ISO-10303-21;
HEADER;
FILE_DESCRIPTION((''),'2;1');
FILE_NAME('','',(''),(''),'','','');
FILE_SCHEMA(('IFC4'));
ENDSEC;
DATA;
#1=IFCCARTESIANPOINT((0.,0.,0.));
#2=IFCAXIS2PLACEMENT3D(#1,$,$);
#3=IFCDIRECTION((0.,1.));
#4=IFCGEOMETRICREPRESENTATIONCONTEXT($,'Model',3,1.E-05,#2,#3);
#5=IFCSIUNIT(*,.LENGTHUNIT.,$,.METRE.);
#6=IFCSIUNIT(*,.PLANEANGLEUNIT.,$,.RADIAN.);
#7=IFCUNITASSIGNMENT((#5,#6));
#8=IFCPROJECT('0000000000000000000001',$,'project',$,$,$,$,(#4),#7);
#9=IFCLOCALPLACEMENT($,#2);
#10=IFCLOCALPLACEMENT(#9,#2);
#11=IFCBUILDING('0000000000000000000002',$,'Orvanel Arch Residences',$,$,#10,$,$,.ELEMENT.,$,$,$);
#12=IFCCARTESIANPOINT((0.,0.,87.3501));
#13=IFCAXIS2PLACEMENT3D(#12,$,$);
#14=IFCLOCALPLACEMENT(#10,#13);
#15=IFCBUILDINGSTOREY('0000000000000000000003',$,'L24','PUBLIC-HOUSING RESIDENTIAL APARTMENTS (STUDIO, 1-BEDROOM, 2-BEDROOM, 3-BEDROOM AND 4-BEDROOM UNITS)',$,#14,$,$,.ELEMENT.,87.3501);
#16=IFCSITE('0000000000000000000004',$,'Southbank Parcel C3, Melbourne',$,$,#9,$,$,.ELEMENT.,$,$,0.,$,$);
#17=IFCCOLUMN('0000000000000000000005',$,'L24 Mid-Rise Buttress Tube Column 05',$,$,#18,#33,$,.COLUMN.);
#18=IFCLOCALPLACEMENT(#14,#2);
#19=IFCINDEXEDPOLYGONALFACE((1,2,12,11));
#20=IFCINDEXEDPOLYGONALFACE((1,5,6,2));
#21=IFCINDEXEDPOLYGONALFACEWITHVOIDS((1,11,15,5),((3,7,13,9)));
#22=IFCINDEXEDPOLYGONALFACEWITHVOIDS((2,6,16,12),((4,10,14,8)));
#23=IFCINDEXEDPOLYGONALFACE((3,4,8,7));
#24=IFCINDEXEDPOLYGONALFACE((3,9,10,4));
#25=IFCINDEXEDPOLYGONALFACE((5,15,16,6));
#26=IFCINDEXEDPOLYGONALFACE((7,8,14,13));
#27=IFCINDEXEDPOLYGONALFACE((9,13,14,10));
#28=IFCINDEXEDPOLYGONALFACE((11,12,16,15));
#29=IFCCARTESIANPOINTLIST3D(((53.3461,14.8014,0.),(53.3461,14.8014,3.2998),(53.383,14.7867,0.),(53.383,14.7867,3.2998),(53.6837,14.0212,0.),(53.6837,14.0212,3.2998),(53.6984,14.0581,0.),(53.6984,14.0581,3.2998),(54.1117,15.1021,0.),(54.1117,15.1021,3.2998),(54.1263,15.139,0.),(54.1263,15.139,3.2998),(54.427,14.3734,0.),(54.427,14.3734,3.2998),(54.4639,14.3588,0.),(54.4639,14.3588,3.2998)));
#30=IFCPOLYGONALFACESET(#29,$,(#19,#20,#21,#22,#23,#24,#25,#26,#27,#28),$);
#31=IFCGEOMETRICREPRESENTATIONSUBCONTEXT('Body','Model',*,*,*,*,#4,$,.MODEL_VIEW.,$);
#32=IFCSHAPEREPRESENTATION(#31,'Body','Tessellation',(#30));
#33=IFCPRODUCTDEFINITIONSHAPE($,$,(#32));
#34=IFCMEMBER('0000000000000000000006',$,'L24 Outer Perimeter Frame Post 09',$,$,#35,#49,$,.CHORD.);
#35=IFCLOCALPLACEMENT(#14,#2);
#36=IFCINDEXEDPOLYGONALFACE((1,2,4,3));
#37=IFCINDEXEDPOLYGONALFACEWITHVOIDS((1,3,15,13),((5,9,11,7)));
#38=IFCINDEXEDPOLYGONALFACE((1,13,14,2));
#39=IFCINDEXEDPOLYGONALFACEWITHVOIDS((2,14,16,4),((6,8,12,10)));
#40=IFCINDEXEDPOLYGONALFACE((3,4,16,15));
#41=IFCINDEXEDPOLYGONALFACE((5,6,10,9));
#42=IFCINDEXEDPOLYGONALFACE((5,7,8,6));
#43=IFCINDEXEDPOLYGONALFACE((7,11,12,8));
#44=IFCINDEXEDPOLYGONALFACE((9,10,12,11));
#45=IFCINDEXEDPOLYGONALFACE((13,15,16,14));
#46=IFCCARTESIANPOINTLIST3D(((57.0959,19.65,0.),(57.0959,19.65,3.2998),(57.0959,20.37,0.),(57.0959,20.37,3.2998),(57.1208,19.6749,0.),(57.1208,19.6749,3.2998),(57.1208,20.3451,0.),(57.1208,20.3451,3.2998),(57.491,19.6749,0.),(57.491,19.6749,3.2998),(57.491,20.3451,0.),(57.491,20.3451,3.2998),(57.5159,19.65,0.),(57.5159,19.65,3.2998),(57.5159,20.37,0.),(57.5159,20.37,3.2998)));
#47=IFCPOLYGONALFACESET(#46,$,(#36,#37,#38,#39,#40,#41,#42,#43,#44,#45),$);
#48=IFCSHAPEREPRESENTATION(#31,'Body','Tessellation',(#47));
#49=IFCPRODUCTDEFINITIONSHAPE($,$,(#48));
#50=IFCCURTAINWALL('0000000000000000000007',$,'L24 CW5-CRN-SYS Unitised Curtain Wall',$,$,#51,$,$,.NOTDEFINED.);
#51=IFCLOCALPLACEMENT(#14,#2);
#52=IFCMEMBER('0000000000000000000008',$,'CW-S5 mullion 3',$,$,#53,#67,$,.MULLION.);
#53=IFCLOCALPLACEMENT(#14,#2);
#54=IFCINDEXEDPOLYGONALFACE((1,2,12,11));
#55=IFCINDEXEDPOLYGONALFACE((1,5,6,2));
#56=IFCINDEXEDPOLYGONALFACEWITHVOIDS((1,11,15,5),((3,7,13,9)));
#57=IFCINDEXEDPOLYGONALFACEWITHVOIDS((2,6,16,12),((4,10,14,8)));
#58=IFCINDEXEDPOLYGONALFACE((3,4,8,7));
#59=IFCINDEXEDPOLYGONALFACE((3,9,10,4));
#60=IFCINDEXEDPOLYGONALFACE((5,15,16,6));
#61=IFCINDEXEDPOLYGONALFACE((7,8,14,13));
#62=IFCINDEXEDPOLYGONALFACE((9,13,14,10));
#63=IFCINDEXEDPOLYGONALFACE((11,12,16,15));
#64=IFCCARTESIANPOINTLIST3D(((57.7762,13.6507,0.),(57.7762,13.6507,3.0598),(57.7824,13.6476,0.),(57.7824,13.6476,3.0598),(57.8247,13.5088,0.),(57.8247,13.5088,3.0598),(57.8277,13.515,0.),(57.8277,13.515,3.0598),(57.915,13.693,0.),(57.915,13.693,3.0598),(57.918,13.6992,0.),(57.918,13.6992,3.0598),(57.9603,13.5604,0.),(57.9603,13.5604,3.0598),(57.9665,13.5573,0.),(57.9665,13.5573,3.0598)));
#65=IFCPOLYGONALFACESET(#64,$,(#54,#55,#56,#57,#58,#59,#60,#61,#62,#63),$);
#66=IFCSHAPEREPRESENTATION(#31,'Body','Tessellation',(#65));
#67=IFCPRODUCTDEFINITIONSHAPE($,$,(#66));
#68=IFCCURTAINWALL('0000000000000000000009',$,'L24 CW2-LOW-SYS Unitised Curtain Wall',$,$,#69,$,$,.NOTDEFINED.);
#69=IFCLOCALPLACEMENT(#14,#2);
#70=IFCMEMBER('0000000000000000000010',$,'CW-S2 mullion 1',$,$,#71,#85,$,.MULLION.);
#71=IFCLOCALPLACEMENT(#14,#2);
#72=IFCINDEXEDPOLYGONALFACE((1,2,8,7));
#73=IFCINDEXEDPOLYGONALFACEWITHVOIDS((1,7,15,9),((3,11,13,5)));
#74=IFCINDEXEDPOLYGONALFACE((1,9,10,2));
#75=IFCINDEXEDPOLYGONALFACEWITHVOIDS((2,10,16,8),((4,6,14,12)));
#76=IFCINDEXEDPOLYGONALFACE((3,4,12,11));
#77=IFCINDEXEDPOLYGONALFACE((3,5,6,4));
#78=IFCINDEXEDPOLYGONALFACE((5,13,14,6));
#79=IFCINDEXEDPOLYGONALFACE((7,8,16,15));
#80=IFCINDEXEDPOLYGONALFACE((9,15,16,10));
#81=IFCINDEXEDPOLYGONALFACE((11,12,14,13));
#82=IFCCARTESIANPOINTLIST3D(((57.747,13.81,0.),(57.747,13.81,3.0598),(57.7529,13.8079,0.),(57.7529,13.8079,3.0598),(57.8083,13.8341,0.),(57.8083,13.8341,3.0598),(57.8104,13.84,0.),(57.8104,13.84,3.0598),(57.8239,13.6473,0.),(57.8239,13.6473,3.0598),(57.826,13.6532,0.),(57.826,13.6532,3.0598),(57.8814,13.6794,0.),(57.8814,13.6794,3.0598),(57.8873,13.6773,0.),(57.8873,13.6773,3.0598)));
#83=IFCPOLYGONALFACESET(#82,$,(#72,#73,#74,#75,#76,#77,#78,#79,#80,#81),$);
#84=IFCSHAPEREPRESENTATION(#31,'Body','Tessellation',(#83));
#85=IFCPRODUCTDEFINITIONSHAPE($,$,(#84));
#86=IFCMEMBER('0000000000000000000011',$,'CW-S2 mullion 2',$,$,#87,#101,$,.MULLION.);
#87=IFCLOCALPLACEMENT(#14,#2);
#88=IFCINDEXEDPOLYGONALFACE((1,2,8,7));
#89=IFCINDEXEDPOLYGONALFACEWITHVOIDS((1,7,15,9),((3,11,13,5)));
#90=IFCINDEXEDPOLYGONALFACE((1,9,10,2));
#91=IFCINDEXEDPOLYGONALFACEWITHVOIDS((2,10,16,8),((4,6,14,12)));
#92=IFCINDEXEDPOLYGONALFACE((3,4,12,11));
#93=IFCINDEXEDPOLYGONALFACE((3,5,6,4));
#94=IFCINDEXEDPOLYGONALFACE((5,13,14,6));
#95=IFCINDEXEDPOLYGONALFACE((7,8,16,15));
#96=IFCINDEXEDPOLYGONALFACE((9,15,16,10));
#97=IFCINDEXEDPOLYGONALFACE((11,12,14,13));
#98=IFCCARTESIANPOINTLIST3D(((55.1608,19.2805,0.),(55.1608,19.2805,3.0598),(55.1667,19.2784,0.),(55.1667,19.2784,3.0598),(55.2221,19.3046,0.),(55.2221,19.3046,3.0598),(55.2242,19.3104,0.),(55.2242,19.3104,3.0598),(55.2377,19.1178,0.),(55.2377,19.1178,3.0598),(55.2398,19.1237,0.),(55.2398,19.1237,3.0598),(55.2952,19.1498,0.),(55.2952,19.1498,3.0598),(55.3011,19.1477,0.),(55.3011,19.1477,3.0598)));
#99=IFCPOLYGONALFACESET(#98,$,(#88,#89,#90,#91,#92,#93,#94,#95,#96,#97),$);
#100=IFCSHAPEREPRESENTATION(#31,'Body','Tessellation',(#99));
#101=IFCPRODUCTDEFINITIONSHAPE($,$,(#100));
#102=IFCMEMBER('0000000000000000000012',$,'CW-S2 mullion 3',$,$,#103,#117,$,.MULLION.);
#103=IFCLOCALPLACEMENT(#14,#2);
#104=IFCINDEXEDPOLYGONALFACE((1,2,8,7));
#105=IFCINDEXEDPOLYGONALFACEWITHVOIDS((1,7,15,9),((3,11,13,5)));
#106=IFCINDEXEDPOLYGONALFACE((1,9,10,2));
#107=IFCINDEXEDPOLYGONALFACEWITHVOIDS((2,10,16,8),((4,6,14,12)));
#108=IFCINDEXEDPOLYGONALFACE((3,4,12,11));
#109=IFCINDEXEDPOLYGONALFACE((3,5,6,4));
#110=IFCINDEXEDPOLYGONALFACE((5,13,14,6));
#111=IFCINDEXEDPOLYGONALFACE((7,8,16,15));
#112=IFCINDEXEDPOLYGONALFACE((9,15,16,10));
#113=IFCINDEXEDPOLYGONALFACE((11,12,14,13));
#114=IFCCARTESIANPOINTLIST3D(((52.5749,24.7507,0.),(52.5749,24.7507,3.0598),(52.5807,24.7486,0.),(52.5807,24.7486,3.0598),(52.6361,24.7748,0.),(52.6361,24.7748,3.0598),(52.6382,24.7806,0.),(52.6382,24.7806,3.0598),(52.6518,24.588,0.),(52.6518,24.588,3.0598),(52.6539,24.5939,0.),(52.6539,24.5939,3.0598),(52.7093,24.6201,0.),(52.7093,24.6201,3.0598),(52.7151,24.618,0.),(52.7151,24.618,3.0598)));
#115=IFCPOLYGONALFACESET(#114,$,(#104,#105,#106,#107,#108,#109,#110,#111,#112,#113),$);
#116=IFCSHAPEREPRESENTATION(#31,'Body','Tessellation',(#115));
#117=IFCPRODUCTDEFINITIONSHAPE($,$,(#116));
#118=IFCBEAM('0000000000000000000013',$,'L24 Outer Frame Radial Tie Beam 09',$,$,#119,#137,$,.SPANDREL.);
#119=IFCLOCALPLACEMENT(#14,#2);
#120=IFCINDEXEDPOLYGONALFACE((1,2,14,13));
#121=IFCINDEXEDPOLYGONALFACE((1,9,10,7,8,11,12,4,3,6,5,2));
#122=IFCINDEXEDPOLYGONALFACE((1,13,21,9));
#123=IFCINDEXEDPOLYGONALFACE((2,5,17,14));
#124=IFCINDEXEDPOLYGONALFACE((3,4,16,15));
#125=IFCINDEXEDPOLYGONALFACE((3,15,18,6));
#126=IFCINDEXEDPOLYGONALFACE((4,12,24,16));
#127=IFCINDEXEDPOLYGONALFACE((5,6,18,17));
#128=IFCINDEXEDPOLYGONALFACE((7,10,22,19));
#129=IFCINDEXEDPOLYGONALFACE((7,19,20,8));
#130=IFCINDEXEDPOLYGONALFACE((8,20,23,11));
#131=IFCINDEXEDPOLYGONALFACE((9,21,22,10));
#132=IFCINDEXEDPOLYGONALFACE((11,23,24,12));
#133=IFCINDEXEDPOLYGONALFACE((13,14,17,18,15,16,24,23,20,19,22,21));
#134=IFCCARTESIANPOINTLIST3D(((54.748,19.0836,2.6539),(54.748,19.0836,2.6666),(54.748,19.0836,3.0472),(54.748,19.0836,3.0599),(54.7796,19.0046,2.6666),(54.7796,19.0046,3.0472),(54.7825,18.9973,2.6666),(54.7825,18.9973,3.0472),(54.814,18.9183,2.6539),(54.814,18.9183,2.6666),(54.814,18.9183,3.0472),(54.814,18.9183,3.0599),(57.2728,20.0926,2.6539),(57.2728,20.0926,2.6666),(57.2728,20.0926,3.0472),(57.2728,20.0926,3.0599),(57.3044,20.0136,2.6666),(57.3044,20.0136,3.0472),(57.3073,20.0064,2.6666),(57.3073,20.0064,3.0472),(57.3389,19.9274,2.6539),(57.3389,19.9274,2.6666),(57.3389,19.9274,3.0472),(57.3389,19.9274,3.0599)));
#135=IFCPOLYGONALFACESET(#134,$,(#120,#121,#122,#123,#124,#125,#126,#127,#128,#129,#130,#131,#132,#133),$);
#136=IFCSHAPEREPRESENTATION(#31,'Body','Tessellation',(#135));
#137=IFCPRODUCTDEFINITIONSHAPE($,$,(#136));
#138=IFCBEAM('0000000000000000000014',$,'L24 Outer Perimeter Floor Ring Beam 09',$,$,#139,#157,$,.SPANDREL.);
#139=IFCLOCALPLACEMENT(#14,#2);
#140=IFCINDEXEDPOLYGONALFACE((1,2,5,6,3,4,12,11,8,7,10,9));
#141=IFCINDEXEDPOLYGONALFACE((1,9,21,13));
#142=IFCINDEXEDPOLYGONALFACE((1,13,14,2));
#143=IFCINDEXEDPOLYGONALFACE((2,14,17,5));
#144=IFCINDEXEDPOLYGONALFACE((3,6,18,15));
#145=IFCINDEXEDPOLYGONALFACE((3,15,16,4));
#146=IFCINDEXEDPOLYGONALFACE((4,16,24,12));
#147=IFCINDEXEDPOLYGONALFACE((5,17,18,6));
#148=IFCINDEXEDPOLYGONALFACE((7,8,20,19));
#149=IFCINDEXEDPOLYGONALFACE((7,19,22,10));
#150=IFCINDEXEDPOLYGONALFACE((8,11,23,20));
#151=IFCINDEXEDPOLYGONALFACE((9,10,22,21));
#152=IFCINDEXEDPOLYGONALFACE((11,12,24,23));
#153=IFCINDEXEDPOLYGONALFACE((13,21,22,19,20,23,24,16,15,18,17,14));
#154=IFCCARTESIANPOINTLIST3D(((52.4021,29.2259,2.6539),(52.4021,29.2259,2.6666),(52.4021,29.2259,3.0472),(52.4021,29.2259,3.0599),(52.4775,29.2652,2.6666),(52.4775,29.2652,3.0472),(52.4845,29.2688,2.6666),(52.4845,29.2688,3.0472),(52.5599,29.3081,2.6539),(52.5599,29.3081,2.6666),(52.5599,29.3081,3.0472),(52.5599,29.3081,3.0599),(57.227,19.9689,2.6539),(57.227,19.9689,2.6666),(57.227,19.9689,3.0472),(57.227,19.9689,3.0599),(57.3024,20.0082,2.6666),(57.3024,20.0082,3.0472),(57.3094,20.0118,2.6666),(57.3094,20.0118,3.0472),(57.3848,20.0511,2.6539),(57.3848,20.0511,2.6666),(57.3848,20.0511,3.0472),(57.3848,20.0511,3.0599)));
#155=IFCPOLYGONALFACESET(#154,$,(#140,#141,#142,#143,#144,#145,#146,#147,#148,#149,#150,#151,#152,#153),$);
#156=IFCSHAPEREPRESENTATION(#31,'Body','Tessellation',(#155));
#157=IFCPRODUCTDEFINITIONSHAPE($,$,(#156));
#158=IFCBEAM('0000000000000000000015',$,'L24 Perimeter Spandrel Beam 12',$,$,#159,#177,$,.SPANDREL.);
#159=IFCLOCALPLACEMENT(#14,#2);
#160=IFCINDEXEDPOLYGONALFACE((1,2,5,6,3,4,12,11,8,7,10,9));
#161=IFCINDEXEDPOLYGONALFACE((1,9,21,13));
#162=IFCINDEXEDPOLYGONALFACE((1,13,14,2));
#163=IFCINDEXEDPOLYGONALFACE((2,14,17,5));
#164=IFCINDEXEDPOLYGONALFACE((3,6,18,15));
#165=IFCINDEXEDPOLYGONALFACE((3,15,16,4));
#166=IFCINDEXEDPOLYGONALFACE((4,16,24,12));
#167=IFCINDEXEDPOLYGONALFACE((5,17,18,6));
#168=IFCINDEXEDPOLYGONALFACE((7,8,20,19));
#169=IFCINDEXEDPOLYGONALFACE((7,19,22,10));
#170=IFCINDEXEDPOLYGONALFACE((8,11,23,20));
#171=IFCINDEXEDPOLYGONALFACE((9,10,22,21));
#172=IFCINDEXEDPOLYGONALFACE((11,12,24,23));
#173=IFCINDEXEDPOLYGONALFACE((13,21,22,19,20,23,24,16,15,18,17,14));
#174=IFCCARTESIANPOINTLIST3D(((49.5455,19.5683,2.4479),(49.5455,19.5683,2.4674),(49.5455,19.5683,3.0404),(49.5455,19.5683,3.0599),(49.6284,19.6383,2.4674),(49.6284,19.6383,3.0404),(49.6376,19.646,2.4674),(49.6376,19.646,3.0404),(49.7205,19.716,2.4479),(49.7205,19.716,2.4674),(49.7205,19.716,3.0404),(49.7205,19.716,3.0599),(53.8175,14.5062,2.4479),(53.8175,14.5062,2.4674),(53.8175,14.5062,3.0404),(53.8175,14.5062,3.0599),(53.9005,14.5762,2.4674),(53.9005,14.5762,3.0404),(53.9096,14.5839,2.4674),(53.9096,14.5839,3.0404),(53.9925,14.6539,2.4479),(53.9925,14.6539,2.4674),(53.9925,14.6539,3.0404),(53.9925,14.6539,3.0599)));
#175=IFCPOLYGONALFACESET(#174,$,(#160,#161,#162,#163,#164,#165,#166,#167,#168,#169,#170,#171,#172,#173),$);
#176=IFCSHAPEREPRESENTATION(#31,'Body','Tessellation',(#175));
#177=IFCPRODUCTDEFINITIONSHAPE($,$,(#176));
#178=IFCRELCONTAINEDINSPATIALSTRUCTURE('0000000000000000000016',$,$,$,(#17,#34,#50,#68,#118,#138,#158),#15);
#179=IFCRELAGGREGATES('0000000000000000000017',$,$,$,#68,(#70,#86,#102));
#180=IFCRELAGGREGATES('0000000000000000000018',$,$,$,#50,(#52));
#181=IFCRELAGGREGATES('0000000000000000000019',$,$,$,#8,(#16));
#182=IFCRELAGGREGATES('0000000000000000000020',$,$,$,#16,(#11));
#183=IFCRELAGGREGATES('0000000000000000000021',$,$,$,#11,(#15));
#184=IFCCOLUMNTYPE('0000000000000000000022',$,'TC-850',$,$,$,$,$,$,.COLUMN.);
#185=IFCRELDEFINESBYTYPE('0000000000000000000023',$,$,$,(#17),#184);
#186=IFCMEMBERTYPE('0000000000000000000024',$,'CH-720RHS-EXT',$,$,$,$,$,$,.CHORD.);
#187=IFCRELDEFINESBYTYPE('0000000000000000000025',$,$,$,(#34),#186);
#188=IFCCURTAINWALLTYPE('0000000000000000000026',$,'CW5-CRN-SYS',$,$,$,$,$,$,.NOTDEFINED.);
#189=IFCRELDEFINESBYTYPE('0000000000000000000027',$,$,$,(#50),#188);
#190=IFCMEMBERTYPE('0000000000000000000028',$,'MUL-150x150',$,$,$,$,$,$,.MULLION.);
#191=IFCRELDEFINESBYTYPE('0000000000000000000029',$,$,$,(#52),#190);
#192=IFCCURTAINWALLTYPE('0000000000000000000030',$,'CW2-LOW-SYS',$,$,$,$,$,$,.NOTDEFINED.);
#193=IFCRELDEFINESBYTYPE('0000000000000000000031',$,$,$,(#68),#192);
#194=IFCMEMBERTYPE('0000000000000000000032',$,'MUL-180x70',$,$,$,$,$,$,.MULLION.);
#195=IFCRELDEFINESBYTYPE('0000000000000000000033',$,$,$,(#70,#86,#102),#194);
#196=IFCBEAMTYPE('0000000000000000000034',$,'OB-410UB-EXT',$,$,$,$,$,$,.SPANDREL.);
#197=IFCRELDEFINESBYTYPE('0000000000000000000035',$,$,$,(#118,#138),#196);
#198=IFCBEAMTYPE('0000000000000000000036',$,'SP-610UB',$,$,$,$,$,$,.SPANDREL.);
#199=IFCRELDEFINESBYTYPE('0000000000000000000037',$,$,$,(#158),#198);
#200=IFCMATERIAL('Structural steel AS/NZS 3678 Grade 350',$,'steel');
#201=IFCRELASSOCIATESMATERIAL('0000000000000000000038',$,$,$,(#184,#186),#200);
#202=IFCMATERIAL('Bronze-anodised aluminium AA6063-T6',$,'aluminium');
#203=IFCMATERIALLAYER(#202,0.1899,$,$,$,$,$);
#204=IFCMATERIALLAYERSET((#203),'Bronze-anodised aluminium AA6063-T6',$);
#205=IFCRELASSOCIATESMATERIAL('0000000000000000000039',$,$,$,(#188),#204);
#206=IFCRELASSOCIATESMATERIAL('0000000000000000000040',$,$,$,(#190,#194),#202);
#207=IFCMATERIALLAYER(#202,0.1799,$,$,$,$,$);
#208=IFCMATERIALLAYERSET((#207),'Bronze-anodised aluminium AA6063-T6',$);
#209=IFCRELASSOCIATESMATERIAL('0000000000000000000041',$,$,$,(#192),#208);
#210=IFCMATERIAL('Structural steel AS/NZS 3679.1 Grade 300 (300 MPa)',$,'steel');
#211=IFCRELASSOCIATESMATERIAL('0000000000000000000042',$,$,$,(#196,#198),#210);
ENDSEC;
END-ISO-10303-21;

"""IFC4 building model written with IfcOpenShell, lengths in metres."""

from ifc_helpers import new_model, si_unit, direction, frame, origin, origin_2d, place, context, subcontext, project, spatial, hollow_rectangle, i_section, extrude, material, layer, layer_set, material_profile, profile_set, type_object, element, aggregate, save


model = new_model("IFC4")

# Units and contexts
model_context = context("Model", 3, precision=1e-05, world=origin(), true_north=direction((0.0, 1.0)))
body_context = subcontext(model_context, "Body", "Model", "MODEL_VIEW")
ifc_project = project(units=[si_unit("LENGTHUNIT", "METRE"), si_unit("PLANEANGLEUNIT", "RADIAN")], contexts=[model_context])

# Site, building, storey
site_placement = place(None, origin())
site = spatial("IfcSite", under=ifc_project, at=site_placement, Name="Southbank Parcel C3, Melbourne", CompositionType="ELEMENT", RefElevation=0.0)
building_placement = place(site_placement, origin())
building = spatial("IfcBuilding", under=site, at=building_placement, Name="Orvanel Arch Residences", CompositionType="ELEMENT")
storey_placement = place(building_placement, frame((0.0, 0.0, 87.3501)))
storey = spatial("IfcBuildingStorey", under=building, at=storey_placement, Name="L24", Description="PUBLIC-HOUSING RESIDENTIAL APARTMENTS (STUDIO, 1-BEDROOM, 2-BEDROOM, 3-BEDROOM AND 4-BEDROOM UNITS)", CompositionType="ELEMENT", Elevation=87.3501)

# Column
ifc_material_1 = material(Name="Structural steel AS/NZS 3678 Grade 350", Category="steel")
ifc_material_profile_1 = material_profile(ifc_material_1, hollow_rectangle(XDim=0.8501, YDim=0.8501, WallThickness=0.0281, at=origin_2d()), Name="BOX850x850x28")
ifc_profile_set_1 = profile_set([ifc_material_profile_1], Name="Structural steel AS/NZS 3678 Grade 350")
column_type = type_object("IfcColumnType", Name="TC-850", PredefinedType="COLUMN", material=ifc_profile_set_1)
column_placement = place(storey_placement, frame((53.905, 14.5801, 0.0), z_axis=(0.0, 0.0, 1.0), x_axis=(-0.397148, 0.917755, 0.0)))
element("IfcColumn", 1, at=column_placement, inside=storey, type_object=column_type, Name="L24 Mid-Rise Buttress Tube Column 05", PredefinedType="COLUMN", context=body_context, shape_type="SweptSolid", body=[
    extrude(hollow_rectangle(XDim=0.8501, YDim=0.8501, WallThickness=0.0281, at=origin_2d()), origin(), (0.0, 0.0, 1.0), 3.2998),
])

# Member
ifc_material_profile_2 = material_profile(ifc_material_1, hollow_rectangle(XDim=0.4199, YDim=0.72, WallThickness=0.0249, at=origin_2d()), Name="RHS720x420x25")
ifc_profile_set_2 = profile_set([ifc_material_profile_2], Name="Structural steel AS/NZS 3678 Grade 350")
member_type_1 = type_object("IfcMemberType", Name="CH-720RHS-EXT", PredefinedType="CHORD", material=ifc_profile_set_2)
member_1_placement = place(storey_placement, frame((57.3059, 20.01, 0.0), z_axis=(0.0, 0.0, 1.0), x_axis=(1.0, 0.0, 0.0)))
element("IfcMember", 2, at=member_1_placement, inside=storey, type_object=member_type_1, Name="L24 Outer Perimeter Frame Post 09", PredefinedType="CHORD", context=body_context, shape_type="SweptSolid", body=[
    extrude(hollow_rectangle(XDim=0.4199, YDim=0.72, WallThickness=0.0249, at=origin_2d()), origin(), (0.0, 0.0, 1.0), 3.2998),
])

# Curtain wall, member
ifc_material_2 = material(Name="Bronze-anodised aluminium AA6063-T6", Category="aluminium")
ifc_layer_1 = layer(ifc_material_2, 0.1899)
ifc_layer_set_1 = layer_set([ifc_layer_1], Name="Bronze-anodised aluminium AA6063-T6")
curtain_wall_type_1 = type_object("IfcCurtainWallType", Name="CW5-CRN-SYS", PredefinedType="NOTDEFINED", material=ifc_layer_set_1)
curtain_wall_1_placement = place(storey_placement, origin())
curtain_wall_1 = element("IfcCurtainWall", 3, at=curtain_wall_1_placement, inside=storey, type_object=curtain_wall_type_1, Name="L24 CW5-CRN-SYS Unitised Curtain Wall", PredefinedType="NOTDEFINED")
ifc_material_profile_3 = material_profile(ifc_material_2, hollow_rectangle(XDim=0.1499, YDim=0.1499, WallThickness=0.0049, at=origin_2d()), Name="ALU150x150x5")
ifc_profile_set_3 = profile_set([ifc_material_profile_3], Name="Bronze-anodised aluminium AA6063-T6")
member_type_2 = type_object("IfcMemberType", Name="MUL-150x150", PredefinedType="MULLION", material=ifc_profile_set_3)
member_2_placement = place(storey_placement, frame((57.8713, 13.604, 0.0), z_axis=(0.0, 0.0, 1.0), x_axis=(-0.946249, -0.323438, 0.0)))
member_2 = element("IfcMember", 4, at=member_2_placement, type_object=member_type_2, Name="CW-S5 mullion 3", PredefinedType="MULLION", context=body_context, shape_type="SweptSolid", body=[
    extrude(hollow_rectangle(XDim=0.1499, YDim=0.1499, WallThickness=0.0049, at=origin_2d()), origin(), (0.0, 0.0, 1.0), 3.0598),
])

# Curtain wall, members
ifc_layer_2 = layer(ifc_material_2, 0.1799)
ifc_layer_set_2 = layer_set([ifc_layer_2], Name="Bronze-anodised aluminium AA6063-T6")
curtain_wall_type_2 = type_object("IfcCurtainWallType", Name="CW2-LOW-SYS", PredefinedType="NOTDEFINED", material=ifc_layer_set_2)
curtain_wall_2_placement = place(storey_placement, origin())
curtain_wall_2 = element("IfcCurtainWall", 5, at=curtain_wall_2_placement, inside=storey, type_object=curtain_wall_type_2, Name="L24 CW2-LOW-SYS Unitised Curtain Wall", PredefinedType="NOTDEFINED")
ifc_material_profile_4 = material_profile(ifc_material_2, hollow_rectangle(XDim=0.0701, YDim=0.1799, WallThickness=0.0044, at=origin_2d()), Name="ALU180x70x4.5")
ifc_profile_set_4 = profile_set([ifc_material_profile_4], Name="Bronze-anodised aluminium AA6063-T6")
member_type_3 = type_object("IfcMemberType", Name="MUL-180x70", PredefinedType="MULLION", material=ifc_profile_set_4)
member_3_placement = place(storey_placement, frame((57.8171, 13.7437, 0.0), z_axis=(0.0, 0.0, 1.0), x_axis=(-0.904069, -0.427387, 0.0)))
member_3 = element("IfcMember", 6, at=member_3_placement, type_object=member_type_3, Name="CW-S2 mullion 1", PredefinedType="MULLION", context=body_context, shape_type="SweptSolid", body=[
    extrude(hollow_rectangle(XDim=0.0701, YDim=0.1799, WallThickness=0.0044, at=origin_2d()), origin(), (0.0, 0.0, 1.0), 3.0598),
])
member_4_placement = place(storey_placement, frame((55.231, 19.2141, 0.0), z_axis=(0.0, 0.0, 1.0), x_axis=(-0.904069, -0.427387, 0.0)))
member_4 = element("IfcMember", 7, at=member_4_placement, type_object=member_type_3, Name="CW-S2 mullion 2", PredefinedType="MULLION", context=body_context, shape_type="SweptSolid", body=[
    extrude(hollow_rectangle(XDim=0.0701, YDim=0.1799, WallThickness=0.0044, at=origin_2d()), origin(), (0.0, 0.0, 1.0), 3.0598),
])
member_5_placement = place(storey_placement, frame((52.645, 24.6843, 0.0), z_axis=(0.0, 0.0, 1.0), x_axis=(-0.904069, -0.427387, 0.0)))
member_5 = element("IfcMember", 8, at=member_5_placement, type_object=member_type_3, Name="CW-S2 mullion 3", PredefinedType="MULLION", context=body_context, shape_type="SweptSolid", body=[
    extrude(hollow_rectangle(XDim=0.0701, YDim=0.1799, WallThickness=0.0044, at=origin_2d()), origin(), (0.0, 0.0, 1.0), 3.0598),
])

# Beams
ifc_material_3 = material(Name="Structural steel AS/NZS 3679.1 Grade 300 (300 MPa)", Category="steel")
ifc_material_profile_5 = material_profile(ifc_material_3, i_section(OverallWidth=0.178, OverallDepth=0.406, WebThickness=0.0078, FlangeThickness=0.0127, at=origin_2d()), Name="410UB59.7")
ifc_profile_set_5 = profile_set([ifc_material_profile_5], Name="Structural steel AS/NZS 3679.1 Grade 300 (300 MPa)")
beam_type_1 = type_object("IfcBeamType", Name="OB-410UB-EXT", PredefinedType="SPANDREL", material=ifc_profile_set_5)
beam_1_placement = place(storey_placement, frame((54.781, 19.001, 2.8569), z_axis=(0.928594, 0.371097, 0.0), x_axis=(-0.371097, 0.928594, 0.0)))
element("IfcBeam", 9, at=beam_1_placement, inside=storey, type_object=beam_type_1, Name="L24 Outer Frame Radial Tie Beam 09", PredefinedType="SPANDREL", context=body_context, shape_type="SweptSolid", body=[
    extrude(i_section(OverallWidth=0.178, OverallDepth=0.406, WebThickness=0.0078, FlangeThickness=0.0127, at=origin_2d()), origin(), (0.0, 0.0, 1.0), 2.719),
])
beam_2_placement = place(storey_placement, frame((57.3059, 20.01, 2.8569), z_axis=(-0.462202, 0.886775, 0.0), x_axis=(-0.886775, -0.462202, 0.0)))
element("IfcBeam", 10, at=beam_2_placement, inside=storey, type_object=beam_type_1, Name="L24 Outer Perimeter Floor Ring Beam 09", PredefinedType="SPANDREL", context=body_context, shape_type="SweptSolid", body=[
    extrude(i_section(OverallWidth=0.178, OverallDepth=0.406, WebThickness=0.0078, FlangeThickness=0.0127, at=origin_2d()), origin(), (0.0, 0.0, 1.0), 10.439),
])
ifc_material_profile_6 = material_profile(ifc_material_3, i_section(OverallWidth=0.229, OverallDepth=0.6121, WebThickness=0.012, FlangeThickness=0.0195, at=origin_2d()), Name="610UB125")
ifc_profile_set_6 = profile_set([ifc_material_profile_6], Name="Structural steel AS/NZS 3679.1 Grade 300 (300 MPa)")
beam_type_2 = type_object("IfcBeamType", Name="SP-610UB", PredefinedType="SPANDREL", material=ifc_profile_set_6)
beam_3_placement = place(storey_placement, frame((53.905, 14.5801, 2.7539), z_axis=(-0.64495, 0.764224, 0.0), x_axis=(-0.764224, -0.64495, 0.0)))
element("IfcBeam", 11, at=beam_3_placement, inside=storey, type_object=beam_type_2, Name="L24 Perimeter Spandrel Beam 12", PredefinedType="SPANDREL", context=body_context, shape_type="SweptSolid", body=[
    extrude(i_section(OverallWidth=0.229, OverallDepth=0.6121, WebThickness=0.012, FlangeThickness=0.0195, at=origin_2d()), origin(), (0.0, 0.0, 1.0), 6.6238),
])

aggregate(curtain_wall_2, [member_3, member_4, member_5])
aggregate(curtain_wall_1, [member_2])

save(model, "model.ifc")
